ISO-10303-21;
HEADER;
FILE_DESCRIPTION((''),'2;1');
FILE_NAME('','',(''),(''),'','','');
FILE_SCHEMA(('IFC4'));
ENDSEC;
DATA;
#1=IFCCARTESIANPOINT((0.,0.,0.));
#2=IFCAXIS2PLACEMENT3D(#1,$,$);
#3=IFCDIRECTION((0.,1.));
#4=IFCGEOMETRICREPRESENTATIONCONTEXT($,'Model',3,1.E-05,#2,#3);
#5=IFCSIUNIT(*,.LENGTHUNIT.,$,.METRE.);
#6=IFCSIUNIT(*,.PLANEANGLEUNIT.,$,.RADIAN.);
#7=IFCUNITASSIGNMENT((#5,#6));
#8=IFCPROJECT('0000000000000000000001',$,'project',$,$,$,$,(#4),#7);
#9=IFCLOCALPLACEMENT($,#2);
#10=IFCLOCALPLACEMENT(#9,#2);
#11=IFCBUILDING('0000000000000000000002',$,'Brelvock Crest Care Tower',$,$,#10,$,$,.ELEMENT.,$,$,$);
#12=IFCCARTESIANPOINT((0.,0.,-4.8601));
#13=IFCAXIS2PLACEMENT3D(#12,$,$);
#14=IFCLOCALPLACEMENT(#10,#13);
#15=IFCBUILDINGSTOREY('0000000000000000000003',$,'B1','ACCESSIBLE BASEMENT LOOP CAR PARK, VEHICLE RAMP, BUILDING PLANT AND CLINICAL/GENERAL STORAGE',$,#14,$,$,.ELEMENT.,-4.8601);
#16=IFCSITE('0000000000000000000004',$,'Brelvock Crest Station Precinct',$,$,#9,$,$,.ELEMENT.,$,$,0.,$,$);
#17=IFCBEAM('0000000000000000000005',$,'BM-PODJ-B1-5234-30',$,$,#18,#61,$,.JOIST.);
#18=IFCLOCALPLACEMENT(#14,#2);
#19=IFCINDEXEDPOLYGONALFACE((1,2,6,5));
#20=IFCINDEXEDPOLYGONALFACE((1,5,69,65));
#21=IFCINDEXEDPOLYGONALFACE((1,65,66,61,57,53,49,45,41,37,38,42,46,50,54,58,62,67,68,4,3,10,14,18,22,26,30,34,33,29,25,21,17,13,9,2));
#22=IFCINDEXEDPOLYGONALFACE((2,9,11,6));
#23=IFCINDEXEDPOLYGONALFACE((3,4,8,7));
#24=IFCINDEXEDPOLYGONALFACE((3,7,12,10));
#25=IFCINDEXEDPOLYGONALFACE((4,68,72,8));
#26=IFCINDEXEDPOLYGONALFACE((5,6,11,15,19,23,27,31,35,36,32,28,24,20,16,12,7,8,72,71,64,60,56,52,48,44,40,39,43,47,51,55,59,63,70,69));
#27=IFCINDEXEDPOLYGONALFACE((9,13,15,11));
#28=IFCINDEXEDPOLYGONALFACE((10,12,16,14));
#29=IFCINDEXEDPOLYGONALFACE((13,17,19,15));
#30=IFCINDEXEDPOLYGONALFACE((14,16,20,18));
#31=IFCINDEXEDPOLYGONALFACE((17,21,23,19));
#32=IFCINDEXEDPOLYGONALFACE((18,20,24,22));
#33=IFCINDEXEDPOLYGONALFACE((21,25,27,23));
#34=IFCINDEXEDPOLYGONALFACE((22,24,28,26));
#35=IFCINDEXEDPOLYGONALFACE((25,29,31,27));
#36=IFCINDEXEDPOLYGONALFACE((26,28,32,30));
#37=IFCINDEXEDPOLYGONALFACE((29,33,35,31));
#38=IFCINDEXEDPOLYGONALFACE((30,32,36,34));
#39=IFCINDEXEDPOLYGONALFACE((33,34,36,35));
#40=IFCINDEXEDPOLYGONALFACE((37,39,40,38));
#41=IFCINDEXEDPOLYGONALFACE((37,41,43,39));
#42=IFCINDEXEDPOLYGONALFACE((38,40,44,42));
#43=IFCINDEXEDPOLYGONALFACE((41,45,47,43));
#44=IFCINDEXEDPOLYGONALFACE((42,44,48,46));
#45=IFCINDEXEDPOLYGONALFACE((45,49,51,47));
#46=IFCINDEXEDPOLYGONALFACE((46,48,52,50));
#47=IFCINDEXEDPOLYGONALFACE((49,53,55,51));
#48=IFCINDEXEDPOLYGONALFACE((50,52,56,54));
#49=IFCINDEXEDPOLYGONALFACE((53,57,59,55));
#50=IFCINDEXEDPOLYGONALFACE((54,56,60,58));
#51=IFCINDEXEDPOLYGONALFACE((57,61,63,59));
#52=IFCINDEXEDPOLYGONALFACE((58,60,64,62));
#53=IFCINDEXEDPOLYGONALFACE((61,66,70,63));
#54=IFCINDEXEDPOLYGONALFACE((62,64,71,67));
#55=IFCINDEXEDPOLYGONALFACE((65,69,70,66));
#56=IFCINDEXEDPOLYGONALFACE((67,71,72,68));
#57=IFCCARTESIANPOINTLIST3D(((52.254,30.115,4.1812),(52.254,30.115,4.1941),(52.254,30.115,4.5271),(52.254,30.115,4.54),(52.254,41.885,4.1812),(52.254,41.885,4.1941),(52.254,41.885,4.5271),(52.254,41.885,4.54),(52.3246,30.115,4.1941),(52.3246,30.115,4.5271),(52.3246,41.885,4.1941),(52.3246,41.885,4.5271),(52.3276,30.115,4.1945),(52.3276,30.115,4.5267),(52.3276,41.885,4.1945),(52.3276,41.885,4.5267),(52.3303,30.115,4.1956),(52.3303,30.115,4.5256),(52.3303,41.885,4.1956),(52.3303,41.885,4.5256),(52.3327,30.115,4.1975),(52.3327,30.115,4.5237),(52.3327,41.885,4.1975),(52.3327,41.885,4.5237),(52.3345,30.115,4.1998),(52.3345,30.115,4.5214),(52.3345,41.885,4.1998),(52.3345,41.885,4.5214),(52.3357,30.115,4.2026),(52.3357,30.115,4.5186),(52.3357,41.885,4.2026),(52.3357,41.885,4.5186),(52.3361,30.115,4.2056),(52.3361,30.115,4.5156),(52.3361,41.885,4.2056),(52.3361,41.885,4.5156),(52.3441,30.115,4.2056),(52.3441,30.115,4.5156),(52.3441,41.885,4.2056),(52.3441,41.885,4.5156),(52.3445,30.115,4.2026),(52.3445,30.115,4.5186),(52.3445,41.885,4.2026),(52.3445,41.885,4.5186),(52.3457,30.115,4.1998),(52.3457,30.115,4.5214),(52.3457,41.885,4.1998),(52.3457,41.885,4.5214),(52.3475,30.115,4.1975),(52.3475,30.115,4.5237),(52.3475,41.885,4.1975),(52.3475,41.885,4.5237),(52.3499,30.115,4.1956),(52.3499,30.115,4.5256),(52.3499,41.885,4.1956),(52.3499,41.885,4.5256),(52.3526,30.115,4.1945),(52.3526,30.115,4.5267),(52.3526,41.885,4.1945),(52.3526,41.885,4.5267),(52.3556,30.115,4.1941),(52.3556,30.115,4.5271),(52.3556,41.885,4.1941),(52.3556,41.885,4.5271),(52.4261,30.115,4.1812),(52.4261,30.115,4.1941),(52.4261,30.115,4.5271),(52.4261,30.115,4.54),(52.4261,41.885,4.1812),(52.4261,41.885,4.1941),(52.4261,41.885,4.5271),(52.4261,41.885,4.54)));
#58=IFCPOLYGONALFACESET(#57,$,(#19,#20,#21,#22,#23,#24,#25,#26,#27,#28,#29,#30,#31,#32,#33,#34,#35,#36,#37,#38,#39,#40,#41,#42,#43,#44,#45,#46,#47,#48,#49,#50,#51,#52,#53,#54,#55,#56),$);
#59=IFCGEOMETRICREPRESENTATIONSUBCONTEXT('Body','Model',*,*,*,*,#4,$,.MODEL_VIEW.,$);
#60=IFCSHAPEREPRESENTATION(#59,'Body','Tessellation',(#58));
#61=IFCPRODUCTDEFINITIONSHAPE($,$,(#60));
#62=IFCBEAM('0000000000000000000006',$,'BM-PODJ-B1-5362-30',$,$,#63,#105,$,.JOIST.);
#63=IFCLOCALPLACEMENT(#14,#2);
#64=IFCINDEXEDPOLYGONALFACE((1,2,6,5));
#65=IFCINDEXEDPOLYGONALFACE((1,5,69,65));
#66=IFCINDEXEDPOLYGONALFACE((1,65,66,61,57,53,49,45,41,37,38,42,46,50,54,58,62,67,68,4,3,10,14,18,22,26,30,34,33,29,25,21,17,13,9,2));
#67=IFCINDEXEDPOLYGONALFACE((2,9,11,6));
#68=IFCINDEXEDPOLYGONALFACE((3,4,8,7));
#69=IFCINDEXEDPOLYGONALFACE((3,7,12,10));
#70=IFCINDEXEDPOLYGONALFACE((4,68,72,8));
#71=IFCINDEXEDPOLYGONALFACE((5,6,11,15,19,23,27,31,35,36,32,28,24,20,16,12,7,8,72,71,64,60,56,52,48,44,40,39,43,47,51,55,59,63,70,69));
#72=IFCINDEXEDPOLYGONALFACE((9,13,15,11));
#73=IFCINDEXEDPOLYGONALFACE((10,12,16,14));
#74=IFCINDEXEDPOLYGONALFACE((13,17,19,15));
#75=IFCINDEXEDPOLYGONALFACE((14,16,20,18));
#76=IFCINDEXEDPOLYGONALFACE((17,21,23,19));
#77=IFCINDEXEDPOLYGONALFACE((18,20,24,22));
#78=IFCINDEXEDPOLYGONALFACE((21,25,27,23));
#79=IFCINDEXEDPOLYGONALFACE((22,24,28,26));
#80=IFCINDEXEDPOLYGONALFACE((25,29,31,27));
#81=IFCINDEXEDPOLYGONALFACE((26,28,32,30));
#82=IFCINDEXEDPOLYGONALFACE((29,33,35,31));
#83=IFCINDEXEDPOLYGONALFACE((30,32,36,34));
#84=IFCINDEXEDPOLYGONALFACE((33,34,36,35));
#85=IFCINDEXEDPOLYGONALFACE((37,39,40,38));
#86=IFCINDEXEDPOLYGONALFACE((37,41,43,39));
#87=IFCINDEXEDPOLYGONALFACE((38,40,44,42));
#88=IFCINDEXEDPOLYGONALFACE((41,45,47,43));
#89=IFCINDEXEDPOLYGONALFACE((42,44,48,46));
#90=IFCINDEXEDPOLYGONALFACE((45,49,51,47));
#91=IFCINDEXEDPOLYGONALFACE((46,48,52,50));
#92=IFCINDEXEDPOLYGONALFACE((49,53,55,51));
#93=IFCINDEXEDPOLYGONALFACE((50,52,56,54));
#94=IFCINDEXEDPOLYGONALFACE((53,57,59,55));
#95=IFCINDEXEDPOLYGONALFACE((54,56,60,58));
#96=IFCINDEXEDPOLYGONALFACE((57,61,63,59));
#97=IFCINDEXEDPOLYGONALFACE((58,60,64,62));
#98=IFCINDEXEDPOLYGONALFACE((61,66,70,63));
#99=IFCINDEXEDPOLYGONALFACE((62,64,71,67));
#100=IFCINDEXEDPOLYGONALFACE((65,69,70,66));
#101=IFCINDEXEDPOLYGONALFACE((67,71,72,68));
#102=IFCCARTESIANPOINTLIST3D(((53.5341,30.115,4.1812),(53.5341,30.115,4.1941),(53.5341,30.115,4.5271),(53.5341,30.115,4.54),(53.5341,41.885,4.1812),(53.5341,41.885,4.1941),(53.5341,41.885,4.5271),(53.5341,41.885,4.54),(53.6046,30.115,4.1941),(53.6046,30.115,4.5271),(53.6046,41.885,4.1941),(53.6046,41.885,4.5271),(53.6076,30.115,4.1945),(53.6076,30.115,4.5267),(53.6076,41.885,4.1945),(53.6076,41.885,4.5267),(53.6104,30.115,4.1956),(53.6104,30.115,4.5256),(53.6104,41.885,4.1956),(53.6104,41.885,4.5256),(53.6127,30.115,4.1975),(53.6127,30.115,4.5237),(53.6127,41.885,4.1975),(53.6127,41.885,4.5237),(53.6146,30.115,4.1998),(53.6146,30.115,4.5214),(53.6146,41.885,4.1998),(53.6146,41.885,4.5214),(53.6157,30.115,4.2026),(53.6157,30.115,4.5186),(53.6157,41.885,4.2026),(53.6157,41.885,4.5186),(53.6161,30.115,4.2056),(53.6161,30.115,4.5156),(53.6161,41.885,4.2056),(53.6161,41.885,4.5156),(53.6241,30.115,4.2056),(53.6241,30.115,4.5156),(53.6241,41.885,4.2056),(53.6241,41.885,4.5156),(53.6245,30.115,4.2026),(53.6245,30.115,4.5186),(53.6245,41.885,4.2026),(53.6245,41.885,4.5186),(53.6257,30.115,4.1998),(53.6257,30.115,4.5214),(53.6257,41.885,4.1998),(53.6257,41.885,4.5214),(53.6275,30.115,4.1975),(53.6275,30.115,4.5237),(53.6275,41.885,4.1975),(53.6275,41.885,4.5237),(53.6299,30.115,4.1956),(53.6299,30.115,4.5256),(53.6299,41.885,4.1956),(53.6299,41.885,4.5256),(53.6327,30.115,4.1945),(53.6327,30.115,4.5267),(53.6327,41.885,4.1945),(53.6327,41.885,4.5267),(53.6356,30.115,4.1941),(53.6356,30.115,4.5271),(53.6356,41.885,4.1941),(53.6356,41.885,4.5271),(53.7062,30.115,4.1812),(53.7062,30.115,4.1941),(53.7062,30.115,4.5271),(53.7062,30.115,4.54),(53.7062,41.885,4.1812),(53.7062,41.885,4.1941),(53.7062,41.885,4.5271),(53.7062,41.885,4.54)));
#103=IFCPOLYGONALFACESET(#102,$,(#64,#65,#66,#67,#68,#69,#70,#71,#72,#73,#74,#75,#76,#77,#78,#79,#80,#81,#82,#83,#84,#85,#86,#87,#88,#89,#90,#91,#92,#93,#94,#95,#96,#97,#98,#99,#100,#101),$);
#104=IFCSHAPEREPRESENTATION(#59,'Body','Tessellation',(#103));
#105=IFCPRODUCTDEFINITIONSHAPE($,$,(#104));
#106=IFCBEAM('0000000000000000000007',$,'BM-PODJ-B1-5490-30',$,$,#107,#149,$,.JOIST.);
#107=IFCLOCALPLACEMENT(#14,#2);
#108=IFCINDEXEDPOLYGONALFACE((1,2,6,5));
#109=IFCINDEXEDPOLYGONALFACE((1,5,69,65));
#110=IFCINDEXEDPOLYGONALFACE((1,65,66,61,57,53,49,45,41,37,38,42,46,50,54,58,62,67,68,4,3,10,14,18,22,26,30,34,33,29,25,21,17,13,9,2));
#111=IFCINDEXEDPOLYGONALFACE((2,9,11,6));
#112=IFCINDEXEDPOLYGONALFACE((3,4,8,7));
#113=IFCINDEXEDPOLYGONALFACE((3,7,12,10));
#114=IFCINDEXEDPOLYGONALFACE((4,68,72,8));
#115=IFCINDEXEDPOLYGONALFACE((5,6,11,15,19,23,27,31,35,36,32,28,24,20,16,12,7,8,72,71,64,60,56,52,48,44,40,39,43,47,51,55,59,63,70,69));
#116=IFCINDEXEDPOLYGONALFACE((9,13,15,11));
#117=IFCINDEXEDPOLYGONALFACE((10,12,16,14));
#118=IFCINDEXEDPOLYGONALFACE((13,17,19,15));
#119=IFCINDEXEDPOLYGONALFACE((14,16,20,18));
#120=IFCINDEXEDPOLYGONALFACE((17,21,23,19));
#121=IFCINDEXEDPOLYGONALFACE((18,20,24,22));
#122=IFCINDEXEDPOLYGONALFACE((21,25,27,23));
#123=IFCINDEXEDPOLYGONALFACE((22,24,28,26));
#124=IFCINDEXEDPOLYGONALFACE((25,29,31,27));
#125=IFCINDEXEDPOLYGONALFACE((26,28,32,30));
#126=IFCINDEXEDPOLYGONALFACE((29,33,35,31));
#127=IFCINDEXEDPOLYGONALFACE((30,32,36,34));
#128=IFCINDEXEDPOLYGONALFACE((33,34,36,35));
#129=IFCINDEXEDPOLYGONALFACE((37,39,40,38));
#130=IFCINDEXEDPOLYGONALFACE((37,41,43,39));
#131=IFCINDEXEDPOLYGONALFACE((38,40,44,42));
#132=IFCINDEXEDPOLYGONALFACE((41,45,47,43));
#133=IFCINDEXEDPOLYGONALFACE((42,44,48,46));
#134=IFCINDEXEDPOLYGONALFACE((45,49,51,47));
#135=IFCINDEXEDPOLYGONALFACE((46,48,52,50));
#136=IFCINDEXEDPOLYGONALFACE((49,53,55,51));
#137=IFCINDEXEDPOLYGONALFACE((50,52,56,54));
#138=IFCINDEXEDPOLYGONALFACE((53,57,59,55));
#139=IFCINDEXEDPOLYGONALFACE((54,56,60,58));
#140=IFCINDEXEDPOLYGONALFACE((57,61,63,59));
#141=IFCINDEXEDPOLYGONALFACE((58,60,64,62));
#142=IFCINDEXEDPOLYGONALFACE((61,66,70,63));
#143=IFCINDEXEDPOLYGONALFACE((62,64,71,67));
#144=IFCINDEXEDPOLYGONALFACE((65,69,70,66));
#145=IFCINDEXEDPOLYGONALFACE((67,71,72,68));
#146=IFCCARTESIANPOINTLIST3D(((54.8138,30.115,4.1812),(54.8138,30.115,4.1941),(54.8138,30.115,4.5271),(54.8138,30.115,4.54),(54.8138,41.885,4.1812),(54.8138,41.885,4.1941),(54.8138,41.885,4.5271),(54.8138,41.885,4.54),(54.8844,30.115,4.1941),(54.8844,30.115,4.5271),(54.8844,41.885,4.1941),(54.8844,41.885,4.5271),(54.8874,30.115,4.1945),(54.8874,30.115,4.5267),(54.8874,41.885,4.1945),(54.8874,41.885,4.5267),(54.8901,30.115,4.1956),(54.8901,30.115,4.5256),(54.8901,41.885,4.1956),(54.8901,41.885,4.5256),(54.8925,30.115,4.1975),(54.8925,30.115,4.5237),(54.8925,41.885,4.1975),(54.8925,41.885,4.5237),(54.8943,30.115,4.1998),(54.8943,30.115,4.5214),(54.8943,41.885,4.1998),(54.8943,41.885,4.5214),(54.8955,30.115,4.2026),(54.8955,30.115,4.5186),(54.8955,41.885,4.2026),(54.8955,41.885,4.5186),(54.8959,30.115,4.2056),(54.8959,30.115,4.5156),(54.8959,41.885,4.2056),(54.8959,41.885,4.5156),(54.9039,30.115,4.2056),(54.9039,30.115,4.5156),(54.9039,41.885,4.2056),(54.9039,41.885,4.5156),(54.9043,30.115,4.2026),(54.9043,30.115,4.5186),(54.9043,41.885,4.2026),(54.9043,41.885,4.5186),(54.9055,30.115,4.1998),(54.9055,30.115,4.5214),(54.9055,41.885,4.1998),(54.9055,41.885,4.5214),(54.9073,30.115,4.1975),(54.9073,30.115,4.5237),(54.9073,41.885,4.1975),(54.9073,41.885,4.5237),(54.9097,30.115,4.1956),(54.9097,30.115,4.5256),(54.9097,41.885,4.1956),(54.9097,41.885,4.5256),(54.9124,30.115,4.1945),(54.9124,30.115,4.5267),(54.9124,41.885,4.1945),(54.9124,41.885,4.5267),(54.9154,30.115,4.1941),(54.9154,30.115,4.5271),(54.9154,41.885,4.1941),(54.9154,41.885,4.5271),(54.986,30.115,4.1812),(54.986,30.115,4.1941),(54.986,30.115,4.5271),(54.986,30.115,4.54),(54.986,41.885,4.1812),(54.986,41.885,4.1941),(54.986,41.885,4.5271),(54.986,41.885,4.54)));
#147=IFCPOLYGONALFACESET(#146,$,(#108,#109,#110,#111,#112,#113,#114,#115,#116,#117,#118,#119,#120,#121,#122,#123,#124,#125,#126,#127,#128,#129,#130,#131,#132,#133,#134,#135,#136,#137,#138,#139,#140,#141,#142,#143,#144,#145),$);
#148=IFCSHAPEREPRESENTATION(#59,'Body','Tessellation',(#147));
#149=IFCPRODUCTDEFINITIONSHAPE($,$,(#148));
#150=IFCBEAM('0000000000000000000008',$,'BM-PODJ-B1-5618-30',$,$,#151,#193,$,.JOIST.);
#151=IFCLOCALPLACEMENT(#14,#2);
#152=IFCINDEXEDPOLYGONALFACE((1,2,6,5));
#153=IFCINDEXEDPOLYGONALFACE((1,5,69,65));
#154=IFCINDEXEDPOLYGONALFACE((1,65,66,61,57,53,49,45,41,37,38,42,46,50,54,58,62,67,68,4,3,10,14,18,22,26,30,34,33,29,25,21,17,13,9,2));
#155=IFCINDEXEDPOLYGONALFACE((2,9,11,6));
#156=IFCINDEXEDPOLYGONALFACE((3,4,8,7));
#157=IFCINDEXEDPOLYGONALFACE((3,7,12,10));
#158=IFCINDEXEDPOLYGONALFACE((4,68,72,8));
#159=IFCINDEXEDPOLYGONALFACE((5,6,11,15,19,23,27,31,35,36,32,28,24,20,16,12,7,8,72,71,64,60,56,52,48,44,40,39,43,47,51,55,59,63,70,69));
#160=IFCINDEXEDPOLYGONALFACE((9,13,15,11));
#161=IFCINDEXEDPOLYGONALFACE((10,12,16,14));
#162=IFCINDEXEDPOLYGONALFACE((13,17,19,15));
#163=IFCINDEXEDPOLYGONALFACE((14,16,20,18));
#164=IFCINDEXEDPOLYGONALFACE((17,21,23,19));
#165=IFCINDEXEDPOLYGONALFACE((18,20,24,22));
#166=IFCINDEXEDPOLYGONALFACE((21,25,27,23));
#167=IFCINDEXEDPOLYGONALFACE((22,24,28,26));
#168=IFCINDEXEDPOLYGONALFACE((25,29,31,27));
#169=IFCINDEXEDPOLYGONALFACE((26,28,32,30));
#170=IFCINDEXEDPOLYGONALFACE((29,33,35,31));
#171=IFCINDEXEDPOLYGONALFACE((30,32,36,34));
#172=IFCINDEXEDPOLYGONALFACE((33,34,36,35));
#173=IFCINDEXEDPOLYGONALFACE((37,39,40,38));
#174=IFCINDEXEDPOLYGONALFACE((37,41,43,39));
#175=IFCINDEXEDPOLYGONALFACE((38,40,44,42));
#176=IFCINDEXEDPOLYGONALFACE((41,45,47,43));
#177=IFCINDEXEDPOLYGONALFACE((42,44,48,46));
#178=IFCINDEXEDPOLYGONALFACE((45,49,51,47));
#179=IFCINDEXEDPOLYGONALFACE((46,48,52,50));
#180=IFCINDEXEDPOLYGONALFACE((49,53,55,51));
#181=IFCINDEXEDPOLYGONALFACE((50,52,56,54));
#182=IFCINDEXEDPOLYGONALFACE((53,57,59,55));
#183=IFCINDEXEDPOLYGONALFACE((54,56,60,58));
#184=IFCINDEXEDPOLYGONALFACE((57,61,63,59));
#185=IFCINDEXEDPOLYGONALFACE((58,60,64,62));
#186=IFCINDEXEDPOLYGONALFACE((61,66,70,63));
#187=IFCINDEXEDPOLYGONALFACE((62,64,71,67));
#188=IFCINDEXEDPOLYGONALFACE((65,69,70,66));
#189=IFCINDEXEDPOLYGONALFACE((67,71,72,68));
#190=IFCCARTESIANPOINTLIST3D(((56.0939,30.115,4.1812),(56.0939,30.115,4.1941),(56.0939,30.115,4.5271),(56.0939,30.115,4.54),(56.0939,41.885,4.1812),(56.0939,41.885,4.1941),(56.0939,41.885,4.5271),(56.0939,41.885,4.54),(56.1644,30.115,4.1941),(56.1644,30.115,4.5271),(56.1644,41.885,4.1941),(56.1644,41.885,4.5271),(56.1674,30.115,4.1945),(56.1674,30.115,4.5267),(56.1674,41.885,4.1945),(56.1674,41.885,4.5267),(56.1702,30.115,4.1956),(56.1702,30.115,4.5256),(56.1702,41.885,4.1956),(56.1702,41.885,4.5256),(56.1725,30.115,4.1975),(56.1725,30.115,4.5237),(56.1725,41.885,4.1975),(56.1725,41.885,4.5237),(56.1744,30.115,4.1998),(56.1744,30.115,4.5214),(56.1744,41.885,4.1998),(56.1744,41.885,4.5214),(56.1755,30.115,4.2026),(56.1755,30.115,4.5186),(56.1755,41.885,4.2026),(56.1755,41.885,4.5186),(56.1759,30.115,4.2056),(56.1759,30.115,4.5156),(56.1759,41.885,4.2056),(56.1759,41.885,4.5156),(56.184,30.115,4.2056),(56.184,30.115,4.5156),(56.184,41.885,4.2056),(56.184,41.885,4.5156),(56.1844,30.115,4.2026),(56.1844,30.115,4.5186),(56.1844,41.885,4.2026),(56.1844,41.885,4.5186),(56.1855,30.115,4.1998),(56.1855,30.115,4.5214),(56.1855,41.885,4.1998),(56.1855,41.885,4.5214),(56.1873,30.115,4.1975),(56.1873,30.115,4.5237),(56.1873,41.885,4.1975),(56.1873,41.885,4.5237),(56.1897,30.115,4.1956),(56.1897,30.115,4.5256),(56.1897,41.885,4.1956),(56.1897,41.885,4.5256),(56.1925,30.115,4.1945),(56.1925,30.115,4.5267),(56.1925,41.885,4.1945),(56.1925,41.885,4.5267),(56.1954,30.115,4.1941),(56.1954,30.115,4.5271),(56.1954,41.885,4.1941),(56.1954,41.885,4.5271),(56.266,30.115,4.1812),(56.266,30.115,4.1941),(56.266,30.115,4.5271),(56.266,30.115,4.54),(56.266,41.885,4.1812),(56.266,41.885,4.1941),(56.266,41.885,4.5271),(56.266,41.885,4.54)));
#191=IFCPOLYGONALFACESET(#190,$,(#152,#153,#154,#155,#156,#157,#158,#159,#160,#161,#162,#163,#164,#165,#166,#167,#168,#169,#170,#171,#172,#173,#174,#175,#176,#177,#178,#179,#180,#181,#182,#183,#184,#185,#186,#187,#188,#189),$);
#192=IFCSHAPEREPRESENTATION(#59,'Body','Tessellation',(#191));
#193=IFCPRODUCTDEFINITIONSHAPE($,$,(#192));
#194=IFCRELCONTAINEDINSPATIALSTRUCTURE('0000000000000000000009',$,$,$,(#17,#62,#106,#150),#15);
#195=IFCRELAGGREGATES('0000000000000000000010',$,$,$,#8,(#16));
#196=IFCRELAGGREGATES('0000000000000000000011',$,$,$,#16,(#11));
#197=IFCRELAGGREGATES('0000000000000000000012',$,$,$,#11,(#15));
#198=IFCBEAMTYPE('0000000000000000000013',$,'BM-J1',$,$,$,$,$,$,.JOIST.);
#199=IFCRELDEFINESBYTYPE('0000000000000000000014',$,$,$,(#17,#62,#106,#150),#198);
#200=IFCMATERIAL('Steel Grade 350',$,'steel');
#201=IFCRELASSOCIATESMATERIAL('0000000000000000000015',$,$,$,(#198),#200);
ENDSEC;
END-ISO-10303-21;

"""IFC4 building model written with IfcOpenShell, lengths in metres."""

from ifc_helpers import new_model, si_unit, direction, frame, origin, origin_2d, place, context, subcontext, project, spatial, i_section, extrude, source, transform, mapped, material, material_profile, profile_set, type_object, element, save


model = new_model("IFC4")

# Units and contexts
model_context = context("Model", 3, precision=1e-05, world=origin(), true_north=direction((0.0, 1.0)))
body_context = subcontext(model_context, "Body", "Model", "MODEL_VIEW")
ifc_project = project(units=[si_unit("LENGTHUNIT", "METRE"), si_unit("PLANEANGLEUNIT", "RADIAN")], contexts=[model_context])

# Site, building, storey
site_placement = place(None, origin())
site = spatial("IfcSite", under=ifc_project, at=site_placement, Name="Brelvock Crest Station Precinct", CompositionType="ELEMENT", RefElevation=0.0)
building_placement = place(site_placement, origin())
building = spatial("IfcBuilding", under=site, at=building_placement, Name="Brelvock Crest Care Tower", CompositionType="ELEMENT")
storey_placement = place(building_placement, frame((0.0, 0.0, -4.8601)))
storey = spatial("IfcBuildingStorey", under=building, at=storey_placement, Name="B1", Description="ACCESSIBLE BASEMENT LOOP CAR PARK, VEHICLE RAMP, BUILDING PLANT AND CLINICAL/GENERAL STORAGE", CompositionType="ELEMENT", Elevation=-4.8601)

# Shared definitions
ifc_material_1 = material(Name="Steel Grade 350", Category="steel")

# Beams
ifc_material_profile_1 = material_profile(ifc_material_1, i_section(OverallWidth=0.1721, OverallDepth=0.3589, WebThickness=0.0081, FlangeThickness=0.0129, FilletRadius=0.0115, at=origin_2d()), Name="360UB56.7")
ifc_profile_set_1 = profile_set([ifc_material_profile_1], Name="Steel Grade 350")
beam_type_1 = type_object("IfcBeamType", Name="BM-J1", PredefinedType="JOIST", material=ifc_profile_set_1)
shared_shape_1 = source(origin(), body_context, "Body", "SweptSolid", [
    extrude(i_section(OverallWidth=0.1721, OverallDepth=0.3589, WebThickness=0.0081, FlangeThickness=0.0129, FilletRadius=0.0115, at=origin_2d()), origin(), (0.0, 0.0, 1.0), 11.77),
])
for number, where, z_axis, x_axis, name in (
    (1, (52.3401, 30.115, 4.3606), (0.0, 1.0, 0.0), (-1.0, 0.0, 0.0), "BM-PODJ-B1-5234-30"),
    (2, (53.6201, 30.115, 4.3606), (0.0, 1.0, 0.0), (-1.0, 0.0, 0.0), "BM-PODJ-B1-5362-30"),
    (3, (54.8999, 30.115, 4.3606), (0.0, 1.0, 0.0), (-1.0, 0.0, 0.0), "BM-PODJ-B1-5490-30"),
    (4, (56.1799, 30.115, 4.3606), (0.0, 1.0, 0.0), (-1.0, 0.0, 0.0), "BM-PODJ-B1-5618-30"),
):
    element("IfcBeam", number, at=place(storey_placement, frame(where, z_axis=z_axis, x_axis=x_axis)), inside=storey, type_object=beam_type_1, Name=name, PredefinedType="JOIST", context=body_context, shape_type="MappedRepresentation", body=[
        mapped(shared_shape_1, transform((0.0, 0.0, 0.0), x_axis=(1.0, 0.0, 0.0), y_axis=(0.0, 1.0, 0.0), z_axis=(0.0, 0.0, 1.0), scale=1.0)),
    ])

save(model, "model.ifc")
